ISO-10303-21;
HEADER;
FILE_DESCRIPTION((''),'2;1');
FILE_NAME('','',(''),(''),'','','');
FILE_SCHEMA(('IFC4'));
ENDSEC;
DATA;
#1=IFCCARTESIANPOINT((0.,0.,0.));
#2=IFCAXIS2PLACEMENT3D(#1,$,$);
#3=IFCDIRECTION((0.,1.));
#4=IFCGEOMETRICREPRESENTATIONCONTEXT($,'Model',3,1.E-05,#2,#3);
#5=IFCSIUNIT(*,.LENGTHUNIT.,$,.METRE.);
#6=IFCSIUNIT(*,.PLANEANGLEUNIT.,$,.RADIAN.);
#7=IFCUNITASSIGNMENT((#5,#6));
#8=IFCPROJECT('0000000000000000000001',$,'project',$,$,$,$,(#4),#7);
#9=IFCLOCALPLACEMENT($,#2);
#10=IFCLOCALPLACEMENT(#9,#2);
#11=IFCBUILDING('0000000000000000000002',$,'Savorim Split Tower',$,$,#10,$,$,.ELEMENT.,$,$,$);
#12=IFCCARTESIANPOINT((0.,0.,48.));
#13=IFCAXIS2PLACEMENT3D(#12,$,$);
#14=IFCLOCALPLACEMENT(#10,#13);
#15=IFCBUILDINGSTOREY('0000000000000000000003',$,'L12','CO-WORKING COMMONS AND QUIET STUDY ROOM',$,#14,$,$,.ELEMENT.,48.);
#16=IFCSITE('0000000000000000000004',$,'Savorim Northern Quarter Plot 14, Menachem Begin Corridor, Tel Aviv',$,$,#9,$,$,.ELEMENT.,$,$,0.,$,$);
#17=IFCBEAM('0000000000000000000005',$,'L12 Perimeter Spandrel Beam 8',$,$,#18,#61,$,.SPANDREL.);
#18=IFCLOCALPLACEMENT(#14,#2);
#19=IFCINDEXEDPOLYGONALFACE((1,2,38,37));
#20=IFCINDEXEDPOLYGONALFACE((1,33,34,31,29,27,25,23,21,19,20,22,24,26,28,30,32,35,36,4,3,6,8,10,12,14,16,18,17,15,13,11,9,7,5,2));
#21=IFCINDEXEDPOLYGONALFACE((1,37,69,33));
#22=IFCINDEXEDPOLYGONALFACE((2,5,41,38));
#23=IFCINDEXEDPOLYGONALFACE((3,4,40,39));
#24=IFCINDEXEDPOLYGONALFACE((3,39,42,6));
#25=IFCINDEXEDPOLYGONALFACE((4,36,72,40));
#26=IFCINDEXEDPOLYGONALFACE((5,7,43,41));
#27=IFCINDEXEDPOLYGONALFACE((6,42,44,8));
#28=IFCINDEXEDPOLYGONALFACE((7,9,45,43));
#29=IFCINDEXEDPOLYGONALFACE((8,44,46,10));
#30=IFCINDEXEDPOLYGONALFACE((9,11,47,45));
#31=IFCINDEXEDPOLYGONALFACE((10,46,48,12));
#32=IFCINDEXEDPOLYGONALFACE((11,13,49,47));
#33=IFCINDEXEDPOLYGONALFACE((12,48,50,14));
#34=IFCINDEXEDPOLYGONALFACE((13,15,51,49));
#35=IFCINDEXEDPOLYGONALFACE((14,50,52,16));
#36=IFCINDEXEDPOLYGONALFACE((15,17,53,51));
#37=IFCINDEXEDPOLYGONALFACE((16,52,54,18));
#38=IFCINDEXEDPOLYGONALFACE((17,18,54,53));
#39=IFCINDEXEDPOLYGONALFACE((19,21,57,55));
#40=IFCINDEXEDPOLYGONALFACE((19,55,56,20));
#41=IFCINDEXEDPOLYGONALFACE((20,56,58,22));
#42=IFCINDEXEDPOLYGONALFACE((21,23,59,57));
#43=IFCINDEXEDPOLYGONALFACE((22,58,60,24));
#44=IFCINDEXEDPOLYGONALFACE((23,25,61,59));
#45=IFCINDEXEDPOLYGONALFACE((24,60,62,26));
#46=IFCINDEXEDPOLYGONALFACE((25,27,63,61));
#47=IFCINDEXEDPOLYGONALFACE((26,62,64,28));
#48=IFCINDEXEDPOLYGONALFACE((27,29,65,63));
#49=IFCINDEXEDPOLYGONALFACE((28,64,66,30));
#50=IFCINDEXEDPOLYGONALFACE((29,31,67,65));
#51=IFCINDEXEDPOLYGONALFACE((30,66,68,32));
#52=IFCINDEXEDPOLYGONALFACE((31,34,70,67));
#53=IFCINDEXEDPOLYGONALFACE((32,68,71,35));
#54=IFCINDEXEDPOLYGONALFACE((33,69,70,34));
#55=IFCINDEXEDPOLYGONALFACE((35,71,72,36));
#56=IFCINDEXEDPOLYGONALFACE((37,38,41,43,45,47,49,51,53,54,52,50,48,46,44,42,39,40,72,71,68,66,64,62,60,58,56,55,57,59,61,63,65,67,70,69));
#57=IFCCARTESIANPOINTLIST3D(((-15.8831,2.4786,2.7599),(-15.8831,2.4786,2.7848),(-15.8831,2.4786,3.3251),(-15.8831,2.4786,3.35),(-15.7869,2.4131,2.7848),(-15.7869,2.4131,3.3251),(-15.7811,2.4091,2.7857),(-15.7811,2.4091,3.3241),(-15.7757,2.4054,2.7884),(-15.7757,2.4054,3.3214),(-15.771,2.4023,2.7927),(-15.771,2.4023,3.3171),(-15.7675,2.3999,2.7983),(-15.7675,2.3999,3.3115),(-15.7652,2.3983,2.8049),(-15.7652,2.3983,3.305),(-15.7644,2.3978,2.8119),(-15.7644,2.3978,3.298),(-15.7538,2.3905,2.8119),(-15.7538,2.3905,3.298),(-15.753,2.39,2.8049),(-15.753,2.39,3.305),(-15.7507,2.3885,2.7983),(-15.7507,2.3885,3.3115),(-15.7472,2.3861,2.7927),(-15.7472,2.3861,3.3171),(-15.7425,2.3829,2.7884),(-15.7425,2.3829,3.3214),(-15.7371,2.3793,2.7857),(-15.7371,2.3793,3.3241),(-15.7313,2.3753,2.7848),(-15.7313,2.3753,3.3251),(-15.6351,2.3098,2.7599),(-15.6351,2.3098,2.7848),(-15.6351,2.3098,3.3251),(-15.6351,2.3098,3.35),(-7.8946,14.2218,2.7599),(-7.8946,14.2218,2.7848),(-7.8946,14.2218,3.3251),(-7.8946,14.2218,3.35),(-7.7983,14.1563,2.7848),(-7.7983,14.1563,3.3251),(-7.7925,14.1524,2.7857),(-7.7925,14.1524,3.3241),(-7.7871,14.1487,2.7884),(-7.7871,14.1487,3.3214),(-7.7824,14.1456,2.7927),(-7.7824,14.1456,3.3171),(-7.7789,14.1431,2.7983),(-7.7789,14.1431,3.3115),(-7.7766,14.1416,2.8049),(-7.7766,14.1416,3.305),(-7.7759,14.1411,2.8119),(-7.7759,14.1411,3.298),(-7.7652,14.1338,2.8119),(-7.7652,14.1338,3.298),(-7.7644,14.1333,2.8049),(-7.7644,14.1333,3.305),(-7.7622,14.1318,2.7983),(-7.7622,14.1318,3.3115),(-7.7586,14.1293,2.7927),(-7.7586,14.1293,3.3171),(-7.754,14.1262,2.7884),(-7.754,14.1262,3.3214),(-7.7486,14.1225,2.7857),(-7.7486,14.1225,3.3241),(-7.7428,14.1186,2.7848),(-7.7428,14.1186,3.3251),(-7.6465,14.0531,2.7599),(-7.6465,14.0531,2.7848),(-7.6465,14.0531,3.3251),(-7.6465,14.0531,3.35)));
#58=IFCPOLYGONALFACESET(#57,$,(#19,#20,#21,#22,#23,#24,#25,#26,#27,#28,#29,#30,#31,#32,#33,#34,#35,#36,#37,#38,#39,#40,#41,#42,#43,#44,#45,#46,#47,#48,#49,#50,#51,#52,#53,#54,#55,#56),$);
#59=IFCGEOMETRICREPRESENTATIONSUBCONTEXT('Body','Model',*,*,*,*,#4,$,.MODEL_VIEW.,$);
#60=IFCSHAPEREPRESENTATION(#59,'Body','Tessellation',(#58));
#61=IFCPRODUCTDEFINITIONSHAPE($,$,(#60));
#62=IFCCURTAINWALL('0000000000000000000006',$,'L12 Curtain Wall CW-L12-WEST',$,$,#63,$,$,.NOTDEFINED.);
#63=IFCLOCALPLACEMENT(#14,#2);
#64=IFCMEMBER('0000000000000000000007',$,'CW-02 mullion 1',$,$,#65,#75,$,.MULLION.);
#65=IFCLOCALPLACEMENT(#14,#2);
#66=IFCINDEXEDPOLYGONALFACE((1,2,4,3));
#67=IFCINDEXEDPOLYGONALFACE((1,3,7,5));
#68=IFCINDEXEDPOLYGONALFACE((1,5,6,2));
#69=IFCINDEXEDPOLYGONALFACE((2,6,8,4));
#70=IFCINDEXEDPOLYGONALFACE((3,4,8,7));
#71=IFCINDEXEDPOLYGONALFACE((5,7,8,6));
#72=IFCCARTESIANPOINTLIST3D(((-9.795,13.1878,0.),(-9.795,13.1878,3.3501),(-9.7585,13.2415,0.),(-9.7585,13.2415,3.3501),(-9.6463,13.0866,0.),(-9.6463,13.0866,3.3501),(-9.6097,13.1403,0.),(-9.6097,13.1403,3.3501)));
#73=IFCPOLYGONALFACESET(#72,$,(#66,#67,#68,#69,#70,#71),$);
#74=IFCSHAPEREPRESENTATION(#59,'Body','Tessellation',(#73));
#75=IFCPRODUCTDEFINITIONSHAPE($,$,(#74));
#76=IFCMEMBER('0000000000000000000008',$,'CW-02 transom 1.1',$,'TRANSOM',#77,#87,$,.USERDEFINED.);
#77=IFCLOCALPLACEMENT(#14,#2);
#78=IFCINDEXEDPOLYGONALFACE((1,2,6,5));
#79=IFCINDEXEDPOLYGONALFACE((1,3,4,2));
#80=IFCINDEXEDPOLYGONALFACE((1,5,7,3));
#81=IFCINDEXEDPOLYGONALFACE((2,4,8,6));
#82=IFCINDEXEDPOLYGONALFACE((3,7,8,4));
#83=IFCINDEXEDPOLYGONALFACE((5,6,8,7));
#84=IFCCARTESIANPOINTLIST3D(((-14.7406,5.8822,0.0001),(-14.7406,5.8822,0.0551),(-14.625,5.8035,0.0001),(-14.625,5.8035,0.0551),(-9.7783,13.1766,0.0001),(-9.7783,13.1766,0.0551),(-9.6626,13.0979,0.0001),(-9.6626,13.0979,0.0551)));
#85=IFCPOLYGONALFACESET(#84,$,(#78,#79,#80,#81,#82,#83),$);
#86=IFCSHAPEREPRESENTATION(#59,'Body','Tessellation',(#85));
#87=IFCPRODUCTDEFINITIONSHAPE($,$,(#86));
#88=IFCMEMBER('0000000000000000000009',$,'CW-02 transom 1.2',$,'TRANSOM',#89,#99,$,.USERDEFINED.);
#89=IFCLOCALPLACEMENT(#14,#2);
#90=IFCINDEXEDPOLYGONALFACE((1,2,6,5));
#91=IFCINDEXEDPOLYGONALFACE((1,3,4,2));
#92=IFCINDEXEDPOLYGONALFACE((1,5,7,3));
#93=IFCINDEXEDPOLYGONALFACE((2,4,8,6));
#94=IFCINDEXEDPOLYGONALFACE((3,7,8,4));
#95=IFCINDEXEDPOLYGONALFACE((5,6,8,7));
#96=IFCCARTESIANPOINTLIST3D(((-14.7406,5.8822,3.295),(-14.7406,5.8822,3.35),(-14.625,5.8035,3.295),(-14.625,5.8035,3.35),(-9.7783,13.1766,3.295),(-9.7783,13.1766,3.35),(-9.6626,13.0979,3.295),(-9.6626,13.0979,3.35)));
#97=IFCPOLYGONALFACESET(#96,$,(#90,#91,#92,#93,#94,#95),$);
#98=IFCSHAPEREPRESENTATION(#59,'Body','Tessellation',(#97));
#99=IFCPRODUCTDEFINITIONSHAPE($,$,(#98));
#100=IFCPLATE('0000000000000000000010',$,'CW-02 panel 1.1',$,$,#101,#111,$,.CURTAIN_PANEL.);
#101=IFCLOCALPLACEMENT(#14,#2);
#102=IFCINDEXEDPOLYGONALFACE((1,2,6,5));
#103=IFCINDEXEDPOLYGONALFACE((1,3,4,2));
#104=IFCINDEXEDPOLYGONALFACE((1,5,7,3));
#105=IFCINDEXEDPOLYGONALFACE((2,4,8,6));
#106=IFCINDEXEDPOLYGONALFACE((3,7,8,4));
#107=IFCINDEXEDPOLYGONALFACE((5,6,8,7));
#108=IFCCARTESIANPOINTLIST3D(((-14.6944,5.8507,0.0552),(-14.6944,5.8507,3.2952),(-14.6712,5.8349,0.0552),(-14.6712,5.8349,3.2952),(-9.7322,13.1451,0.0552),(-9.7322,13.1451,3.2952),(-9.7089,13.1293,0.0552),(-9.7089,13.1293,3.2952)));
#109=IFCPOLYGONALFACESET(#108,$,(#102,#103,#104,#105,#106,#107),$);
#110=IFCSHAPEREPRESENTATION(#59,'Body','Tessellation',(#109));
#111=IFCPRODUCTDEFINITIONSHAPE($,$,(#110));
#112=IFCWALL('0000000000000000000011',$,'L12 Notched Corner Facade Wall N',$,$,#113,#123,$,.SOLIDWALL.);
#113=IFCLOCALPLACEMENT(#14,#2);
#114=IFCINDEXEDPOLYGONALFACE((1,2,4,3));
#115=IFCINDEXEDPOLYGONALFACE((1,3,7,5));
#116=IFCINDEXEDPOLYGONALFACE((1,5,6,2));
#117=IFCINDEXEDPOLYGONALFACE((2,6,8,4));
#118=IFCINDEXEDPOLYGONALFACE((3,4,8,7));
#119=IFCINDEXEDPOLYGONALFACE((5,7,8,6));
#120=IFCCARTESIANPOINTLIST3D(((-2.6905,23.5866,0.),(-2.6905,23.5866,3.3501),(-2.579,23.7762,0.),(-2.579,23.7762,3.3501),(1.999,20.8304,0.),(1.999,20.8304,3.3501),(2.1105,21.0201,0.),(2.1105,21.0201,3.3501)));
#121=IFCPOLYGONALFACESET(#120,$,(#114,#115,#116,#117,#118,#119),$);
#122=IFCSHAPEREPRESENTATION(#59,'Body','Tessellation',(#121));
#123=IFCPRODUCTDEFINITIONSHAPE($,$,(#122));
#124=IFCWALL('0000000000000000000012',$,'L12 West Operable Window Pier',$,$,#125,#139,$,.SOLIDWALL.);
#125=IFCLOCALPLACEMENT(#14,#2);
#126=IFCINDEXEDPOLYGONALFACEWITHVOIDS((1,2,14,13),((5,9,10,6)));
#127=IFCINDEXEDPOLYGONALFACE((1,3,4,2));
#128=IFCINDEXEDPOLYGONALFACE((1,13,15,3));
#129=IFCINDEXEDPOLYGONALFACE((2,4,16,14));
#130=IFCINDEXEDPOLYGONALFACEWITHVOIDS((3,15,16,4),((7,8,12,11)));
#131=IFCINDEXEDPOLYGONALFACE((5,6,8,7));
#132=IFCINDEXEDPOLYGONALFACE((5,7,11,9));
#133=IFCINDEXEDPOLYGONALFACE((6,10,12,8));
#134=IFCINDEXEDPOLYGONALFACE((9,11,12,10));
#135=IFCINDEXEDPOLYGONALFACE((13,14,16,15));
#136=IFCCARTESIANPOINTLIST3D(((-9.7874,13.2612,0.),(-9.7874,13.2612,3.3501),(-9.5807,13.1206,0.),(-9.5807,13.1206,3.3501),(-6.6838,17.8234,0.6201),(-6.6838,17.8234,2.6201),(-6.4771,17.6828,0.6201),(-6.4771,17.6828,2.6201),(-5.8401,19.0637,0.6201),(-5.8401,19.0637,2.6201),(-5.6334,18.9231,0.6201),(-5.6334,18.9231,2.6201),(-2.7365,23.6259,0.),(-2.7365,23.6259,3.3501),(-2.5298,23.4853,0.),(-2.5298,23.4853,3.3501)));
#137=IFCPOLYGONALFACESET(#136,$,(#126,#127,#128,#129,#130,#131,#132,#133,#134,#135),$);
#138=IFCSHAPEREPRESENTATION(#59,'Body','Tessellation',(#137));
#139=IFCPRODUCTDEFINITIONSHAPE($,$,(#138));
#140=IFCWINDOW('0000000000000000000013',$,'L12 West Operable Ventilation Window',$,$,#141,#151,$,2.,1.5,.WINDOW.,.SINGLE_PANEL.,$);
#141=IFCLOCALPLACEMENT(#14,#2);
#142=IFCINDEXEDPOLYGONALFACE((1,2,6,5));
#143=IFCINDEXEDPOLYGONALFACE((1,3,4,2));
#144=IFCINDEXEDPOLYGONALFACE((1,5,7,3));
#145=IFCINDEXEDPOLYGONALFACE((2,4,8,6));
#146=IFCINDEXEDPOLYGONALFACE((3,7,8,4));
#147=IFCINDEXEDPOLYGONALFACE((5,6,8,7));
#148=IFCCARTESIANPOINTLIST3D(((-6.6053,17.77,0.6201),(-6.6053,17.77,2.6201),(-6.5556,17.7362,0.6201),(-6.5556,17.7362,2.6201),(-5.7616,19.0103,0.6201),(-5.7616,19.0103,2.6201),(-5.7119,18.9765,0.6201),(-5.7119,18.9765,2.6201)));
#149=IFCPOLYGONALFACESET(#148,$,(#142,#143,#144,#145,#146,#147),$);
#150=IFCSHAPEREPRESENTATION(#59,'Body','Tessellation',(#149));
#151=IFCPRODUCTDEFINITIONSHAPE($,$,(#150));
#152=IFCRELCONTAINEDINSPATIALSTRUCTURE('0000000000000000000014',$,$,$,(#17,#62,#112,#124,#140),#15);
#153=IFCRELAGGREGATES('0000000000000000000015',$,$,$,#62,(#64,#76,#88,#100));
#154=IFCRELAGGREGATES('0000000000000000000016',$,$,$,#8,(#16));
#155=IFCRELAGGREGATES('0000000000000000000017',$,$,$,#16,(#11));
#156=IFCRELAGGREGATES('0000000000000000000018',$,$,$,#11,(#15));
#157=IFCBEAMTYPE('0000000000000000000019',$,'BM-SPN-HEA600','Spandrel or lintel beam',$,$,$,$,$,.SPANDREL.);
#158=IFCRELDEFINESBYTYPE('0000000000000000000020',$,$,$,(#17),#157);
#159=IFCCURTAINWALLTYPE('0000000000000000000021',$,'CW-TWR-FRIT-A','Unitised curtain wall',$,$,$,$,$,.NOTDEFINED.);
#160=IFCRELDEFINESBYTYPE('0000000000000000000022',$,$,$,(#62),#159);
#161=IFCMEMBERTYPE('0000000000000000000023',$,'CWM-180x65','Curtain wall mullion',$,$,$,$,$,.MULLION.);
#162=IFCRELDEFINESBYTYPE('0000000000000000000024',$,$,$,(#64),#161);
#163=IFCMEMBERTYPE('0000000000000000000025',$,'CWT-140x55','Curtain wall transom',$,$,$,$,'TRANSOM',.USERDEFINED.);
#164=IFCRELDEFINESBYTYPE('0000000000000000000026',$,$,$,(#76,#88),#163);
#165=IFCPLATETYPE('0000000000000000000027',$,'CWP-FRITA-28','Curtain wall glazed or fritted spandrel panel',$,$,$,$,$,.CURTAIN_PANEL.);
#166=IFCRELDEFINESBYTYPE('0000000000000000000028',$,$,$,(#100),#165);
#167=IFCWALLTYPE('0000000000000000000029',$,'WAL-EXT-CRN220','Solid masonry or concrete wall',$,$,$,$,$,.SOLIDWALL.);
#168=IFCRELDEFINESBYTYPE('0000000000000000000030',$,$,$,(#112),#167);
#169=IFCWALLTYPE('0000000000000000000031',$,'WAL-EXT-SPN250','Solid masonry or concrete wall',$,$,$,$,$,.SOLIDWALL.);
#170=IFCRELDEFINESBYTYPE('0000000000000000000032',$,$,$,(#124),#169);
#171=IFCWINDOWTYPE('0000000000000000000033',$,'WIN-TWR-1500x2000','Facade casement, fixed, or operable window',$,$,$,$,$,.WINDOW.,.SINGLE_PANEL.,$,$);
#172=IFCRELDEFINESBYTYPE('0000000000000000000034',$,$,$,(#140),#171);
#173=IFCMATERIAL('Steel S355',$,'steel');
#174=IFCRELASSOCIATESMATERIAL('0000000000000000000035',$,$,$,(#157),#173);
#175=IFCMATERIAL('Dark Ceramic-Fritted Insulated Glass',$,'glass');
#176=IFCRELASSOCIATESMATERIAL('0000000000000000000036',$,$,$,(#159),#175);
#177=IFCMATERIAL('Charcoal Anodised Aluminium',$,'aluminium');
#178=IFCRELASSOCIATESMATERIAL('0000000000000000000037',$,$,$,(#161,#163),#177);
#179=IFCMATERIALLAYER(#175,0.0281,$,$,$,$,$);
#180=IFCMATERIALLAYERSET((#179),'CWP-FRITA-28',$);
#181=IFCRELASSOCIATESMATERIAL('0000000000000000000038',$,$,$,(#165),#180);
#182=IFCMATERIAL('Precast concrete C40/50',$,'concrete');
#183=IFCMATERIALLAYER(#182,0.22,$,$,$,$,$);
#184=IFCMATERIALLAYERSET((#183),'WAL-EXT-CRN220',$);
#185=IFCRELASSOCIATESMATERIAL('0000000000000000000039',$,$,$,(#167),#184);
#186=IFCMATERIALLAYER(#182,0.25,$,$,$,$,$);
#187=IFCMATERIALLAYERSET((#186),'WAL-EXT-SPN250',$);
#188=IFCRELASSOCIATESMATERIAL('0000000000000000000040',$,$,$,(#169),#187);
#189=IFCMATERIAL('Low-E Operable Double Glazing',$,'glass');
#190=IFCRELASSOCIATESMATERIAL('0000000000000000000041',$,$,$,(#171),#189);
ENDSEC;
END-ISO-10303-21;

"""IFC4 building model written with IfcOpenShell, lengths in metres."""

from ifc_helpers import new_model, si_unit, direction, frame, frame_2d, origin, origin_2d, place, context, subcontext, project, spatial, rectangle, i_section, extrude, material, layer, layer_set, material_profile, profile_set, type_object, element, fill, aggregate, save


model = new_model("IFC4")

# Units and contexts
model_context = context("Model", 3, precision=1e-05, world=origin(), true_north=direction((0.0, 1.0)))
body_context = subcontext(model_context, "Body", "Model", "MODEL_VIEW")
ifc_project = project(units=[si_unit("LENGTHUNIT", "METRE"), si_unit("PLANEANGLEUNIT", "RADIAN")], contexts=[model_context])

# Site, building, storey
site_placement = place(None, origin())
site = spatial("IfcSite", under=ifc_project, at=site_placement, Name="Savorim Northern Quarter Plot 14, Menachem Begin Corridor, Tel Aviv", CompositionType="ELEMENT", RefElevation=0.0)
building_placement = place(site_placement, origin())
building = spatial("IfcBuilding", under=site, at=building_placement, Name="Savorim Split Tower", CompositionType="ELEMENT")
storey_placement = place(building_placement, frame((0.0, 0.0, 48.0)))
storey = spatial("IfcBuildingStorey", under=building, at=storey_placement, Name="L12", Description="CO-WORKING COMMONS AND QUIET STUDY ROOM", CompositionType="ELEMENT", Elevation=48.0)

# Beam
ifc_material_1 = material(Name="Steel S355", Category="steel")
ifc_material_profile_1 = material_profile(ifc_material_1, i_section(OverallWidth=0.3, OverallDepth=0.5901, WebThickness=0.0129, FlangeThickness=0.0249, FilletRadius=0.0271, at=origin_2d()), Name="HEA 600")
ifc_profile_set_1 = profile_set([ifc_material_profile_1], Name="Steel S355")
beam_type_1 = type_object("IfcBeamType", Name="BM-SPN-HEA600", Description="Spandrel or lintel beam", PredefinedType="SPANDREL", material=ifc_profile_set_1)
beam_1_placement = place(storey_placement, frame((-7.7705, 14.1375, 3.0549), z_axis=(-0.562463, -0.826823, 0.0), x_axis=(0.826823, -0.562463, 0.0)))
element("IfcBeam", 1, at=beam_1_placement, inside=storey, type_object=beam_type_1, Name="L12 Perimeter Spandrel Beam 8", PredefinedType="SPANDREL", context=body_context, shape_type="SweptSolid", body=[
    extrude(i_section(OverallWidth=0.3, OverallDepth=0.5901, WebThickness=0.0129, FlangeThickness=0.0249, FilletRadius=0.0271, at=origin_2d()), origin(), (0.0, 0.0, 1.0), 14.2029),
])

# Curtain wall, members, plate
ifc_material_2 = material(Name="Dark Ceramic-Fritted Insulated Glass", Category="glass")
curtain_wall_type = type_object("IfcCurtainWallType", Name="CW-TWR-FRIT-A", Description="Unitised curtain wall", PredefinedType="NOTDEFINED", material=ifc_material_2)
curtain_wall_placement = place(storey_placement, origin())
curtain_wall = element("IfcCurtainWall", 2, at=curtain_wall_placement, inside=storey, type_object=curtain_wall_type, Name="L12 Curtain Wall CW-L12-WEST", PredefinedType="NOTDEFINED")
ifc_material_3 = material(Name="Charcoal Anodised Aluminium", Category="aluminium")
ifc_material_profile_2 = material_profile(ifc_material_3, rectangle(XDim=0.1799, YDim=0.0649, at=origin_2d()), Name="ALU-M 180x65")
ifc_profile_set_2 = profile_set([ifc_material_profile_2], Name="Charcoal Anodised Aluminium")
member_type_1 = type_object("IfcMemberType", Name="CWM-180x65", Description="Curtain wall mullion", PredefinedType="MULLION", material=ifc_profile_set_2)
member_1_placement = place(storey_placement, frame((-9.7024, 13.1641, 0.0), z_axis=(0.0, 0.0, 1.0), x_axis=(0.826821, -0.562465, 0.0)))
member_1 = element("IfcMember", 3, at=member_1_placement, type_object=member_type_1, Name="CW-02 mullion 1", PredefinedType="MULLION", context=body_context, shape_type="SweptSolid", body=[
    extrude(rectangle(XDim=0.1799, YDim=0.0649, at=origin_2d()), origin(), (0.0, 0.0, 1.0), 3.3501),
])
ifc_material_profile_3 = material_profile(ifc_material_3, rectangle(XDim=0.1399, YDim=0.0549, at=origin_2d()), Name="ALU-T 140x55")
ifc_profile_set_3 = profile_set([ifc_material_profile_3], Name="Charcoal Anodised Aluminium")
member_type_2 = type_object("IfcMemberType", Name="CWT-140x55", Description="Curtain wall transom", ElementType="TRANSOM", PredefinedType="USERDEFINED", material=ifc_profile_set_3)
member_2_placement = place(storey_placement, frame((-9.7205, 13.1372, 0.0276), z_axis=(-0.56248, -0.826811, 0.0), x_axis=(0.826811, -0.56248, 0.0)))
member_2 = element("IfcMember", 4, at=member_2_placement, type_object=member_type_2, Name="CW-02 transom 1.1", ObjectType="TRANSOM", PredefinedType="USERDEFINED", context=body_context, shape_type="SweptSolid", body=[
    extrude(rectangle(XDim=0.1399, YDim=0.0549, at=origin_2d()), origin(), (0.0, 0.0, 1.0), 8.8223),
])
member_3_placement = place(storey_placement, frame((-9.7205, 13.1372, 3.3225), z_axis=(-0.56248, -0.826811, 0.0), x_axis=(0.826811, -0.56248, 0.0)))
member_3 = element("IfcMember", 5, at=member_3_placement, type_object=member_type_2, Name="CW-02 transom 1.2", ObjectType="TRANSOM", PredefinedType="USERDEFINED", context=body_context, shape_type="SweptSolid", body=[
    extrude(rectangle(XDim=0.1399, YDim=0.0549, at=origin_2d()), origin(), (0.0, 0.0, 1.0), 8.8223),
])
ifc_layer_1 = layer(ifc_material_2, 0.0281)
ifc_layer_set_1 = layer_set([ifc_layer_1], Name="CWP-FRITA-28")
plate_type = type_object("IfcPlateType", Name="CWP-FRITA-28", Description="Curtain wall glazed or fritted spandrel panel", PredefinedType="CURTAIN_PANEL", material=ifc_layer_set_1)
plate_placement = place(storey_placement, frame((-12.2017, 9.49, 0.0552), z_axis=(0.0, 0.0, 1.0), x_axis=(-0.562465, -0.826821, 0.0)))
plate = element("IfcPlate", 6, at=plate_placement, type_object=plate_type, Name="CW-02 panel 1.1", PredefinedType="CURTAIN_PANEL", context=body_context, shape_type="SweptSolid", body=[
    extrude(rectangle(XDim=8.8223, YDim=0.0281, at=origin_2d()), origin(), (0.0, 0.0, 1.0), 3.24),
])
aggregate(curtain_wall, [member_1, member_2, member_3, plate])

# Wall
ifc_material_4 = material(Name="Precast concrete C40/50", Category="concrete")
ifc_layer_2 = layer(ifc_material_4, 0.22)
ifc_layer_set_2 = layer_set([ifc_layer_2], Name="WAL-EXT-CRN220")
wall_type_1 = type_object("IfcWallType", Name="WAL-EXT-CRN220", Description="Solid masonry or concrete wall", PredefinedType="SOLIDWALL", material=ifc_layer_set_2)
wall_1_placement = place(storey_placement, frame((-2.6348, 23.6814, 0.0), z_axis=(0.0, 0.0, 1.0), x_axis=(0.862127, -0.506693, 0.0)))
element("IfcWall", 7, at=wall_1_placement, inside=storey, type_object=wall_type_1, Name="L12 Notched Corner Facade Wall N", PredefinedType="SOLIDWALL", context=body_context, shape_type="SweptSolid", body=[
    extrude(rectangle(XDim=5.4395, YDim=0.22, at=frame_2d((2.7197, 0.0))), origin(), (0.0, 0.0, 1.0), 3.3501),
])

# Wall, opening, window
ifc_layer_3 = layer(ifc_material_4, 0.25)
ifc_layer_set_3 = layer_set([ifc_layer_3], Name="WAL-EXT-SPN250")
wall_type_2 = type_object("IfcWallType", Name="WAL-EXT-SPN250", Description="Solid masonry or concrete wall", PredefinedType="SOLIDWALL", material=ifc_layer_set_3)
wall_2_placement = place(storey_placement, frame((-9.6841, 13.1909, 0.0), z_axis=(0.0, 0.0, 1.0), x_axis=(0.562474, 0.826815, 0.0)))
wall_2 = element("IfcWall", 8, at=wall_2_placement, inside=storey, type_object=wall_type_2, Name="L12 West Operable Window Pier", PredefinedType="SOLIDWALL", context=body_context, shape_type="SweptSolid", body=[
    extrude(rectangle(XDim=12.5356, YDim=0.25, at=frame_2d((6.2678, 0.0))), origin(), (0.0, 0.0, 1.0), 3.3501),
])
opening_1_placement = place(wall_2_placement, frame((5.5178, 0.0, 0.6201)))
opening_1 = element("IfcOpeningElement", 9, at=opening_1_placement, cuts=wall_2, PredefinedType="OPENING", context=body_context, shape_type="SweptSolid", body=[
    extrude(rectangle(XDim=1.5, YDim=2.0, at=frame_2d((0.75, 1.0))), frame((0.0, 0.135, 0.0), z_axis=(0.0, -1.0, 0.0), x_axis=(1.0, 0.0, 0.0)), (0.0, 0.0, 1.0), 0.27),
])
ifc_material_5 = material(Name="Low-E Operable Double Glazing", Category="glass")
window_type = type_object("IfcWindowType", Name="WIN-TWR-1500x2000", Description="Facade casement, fixed, or operable window", PartitioningType="SINGLE_PANEL", PredefinedType="WINDOW", material=ifc_material_5)
window_placement = place(opening_1_placement, origin())
window = element("IfcWindow", 10, at=window_placement, inside=storey, type_object=window_type, Name="L12 West Operable Ventilation Window", OverallHeight=2.0, OverallWidth=1.5, PartitioningType="SINGLE_PANEL", PredefinedType="WINDOW", context=body_context, shape_type="SweptSolid", body=[
    extrude(rectangle(XDim=1.5, YDim=2.0, at=frame_2d((0.75, 1.0))), frame((0.0, 0.03, 0.0), z_axis=(0.0, -1.0, 0.0), x_axis=(1.0, 0.0, 0.0)), (0.0, 0.0, 1.0), 0.0601),
])
fill(opening_1, window)

save(model, "model.ifc")
